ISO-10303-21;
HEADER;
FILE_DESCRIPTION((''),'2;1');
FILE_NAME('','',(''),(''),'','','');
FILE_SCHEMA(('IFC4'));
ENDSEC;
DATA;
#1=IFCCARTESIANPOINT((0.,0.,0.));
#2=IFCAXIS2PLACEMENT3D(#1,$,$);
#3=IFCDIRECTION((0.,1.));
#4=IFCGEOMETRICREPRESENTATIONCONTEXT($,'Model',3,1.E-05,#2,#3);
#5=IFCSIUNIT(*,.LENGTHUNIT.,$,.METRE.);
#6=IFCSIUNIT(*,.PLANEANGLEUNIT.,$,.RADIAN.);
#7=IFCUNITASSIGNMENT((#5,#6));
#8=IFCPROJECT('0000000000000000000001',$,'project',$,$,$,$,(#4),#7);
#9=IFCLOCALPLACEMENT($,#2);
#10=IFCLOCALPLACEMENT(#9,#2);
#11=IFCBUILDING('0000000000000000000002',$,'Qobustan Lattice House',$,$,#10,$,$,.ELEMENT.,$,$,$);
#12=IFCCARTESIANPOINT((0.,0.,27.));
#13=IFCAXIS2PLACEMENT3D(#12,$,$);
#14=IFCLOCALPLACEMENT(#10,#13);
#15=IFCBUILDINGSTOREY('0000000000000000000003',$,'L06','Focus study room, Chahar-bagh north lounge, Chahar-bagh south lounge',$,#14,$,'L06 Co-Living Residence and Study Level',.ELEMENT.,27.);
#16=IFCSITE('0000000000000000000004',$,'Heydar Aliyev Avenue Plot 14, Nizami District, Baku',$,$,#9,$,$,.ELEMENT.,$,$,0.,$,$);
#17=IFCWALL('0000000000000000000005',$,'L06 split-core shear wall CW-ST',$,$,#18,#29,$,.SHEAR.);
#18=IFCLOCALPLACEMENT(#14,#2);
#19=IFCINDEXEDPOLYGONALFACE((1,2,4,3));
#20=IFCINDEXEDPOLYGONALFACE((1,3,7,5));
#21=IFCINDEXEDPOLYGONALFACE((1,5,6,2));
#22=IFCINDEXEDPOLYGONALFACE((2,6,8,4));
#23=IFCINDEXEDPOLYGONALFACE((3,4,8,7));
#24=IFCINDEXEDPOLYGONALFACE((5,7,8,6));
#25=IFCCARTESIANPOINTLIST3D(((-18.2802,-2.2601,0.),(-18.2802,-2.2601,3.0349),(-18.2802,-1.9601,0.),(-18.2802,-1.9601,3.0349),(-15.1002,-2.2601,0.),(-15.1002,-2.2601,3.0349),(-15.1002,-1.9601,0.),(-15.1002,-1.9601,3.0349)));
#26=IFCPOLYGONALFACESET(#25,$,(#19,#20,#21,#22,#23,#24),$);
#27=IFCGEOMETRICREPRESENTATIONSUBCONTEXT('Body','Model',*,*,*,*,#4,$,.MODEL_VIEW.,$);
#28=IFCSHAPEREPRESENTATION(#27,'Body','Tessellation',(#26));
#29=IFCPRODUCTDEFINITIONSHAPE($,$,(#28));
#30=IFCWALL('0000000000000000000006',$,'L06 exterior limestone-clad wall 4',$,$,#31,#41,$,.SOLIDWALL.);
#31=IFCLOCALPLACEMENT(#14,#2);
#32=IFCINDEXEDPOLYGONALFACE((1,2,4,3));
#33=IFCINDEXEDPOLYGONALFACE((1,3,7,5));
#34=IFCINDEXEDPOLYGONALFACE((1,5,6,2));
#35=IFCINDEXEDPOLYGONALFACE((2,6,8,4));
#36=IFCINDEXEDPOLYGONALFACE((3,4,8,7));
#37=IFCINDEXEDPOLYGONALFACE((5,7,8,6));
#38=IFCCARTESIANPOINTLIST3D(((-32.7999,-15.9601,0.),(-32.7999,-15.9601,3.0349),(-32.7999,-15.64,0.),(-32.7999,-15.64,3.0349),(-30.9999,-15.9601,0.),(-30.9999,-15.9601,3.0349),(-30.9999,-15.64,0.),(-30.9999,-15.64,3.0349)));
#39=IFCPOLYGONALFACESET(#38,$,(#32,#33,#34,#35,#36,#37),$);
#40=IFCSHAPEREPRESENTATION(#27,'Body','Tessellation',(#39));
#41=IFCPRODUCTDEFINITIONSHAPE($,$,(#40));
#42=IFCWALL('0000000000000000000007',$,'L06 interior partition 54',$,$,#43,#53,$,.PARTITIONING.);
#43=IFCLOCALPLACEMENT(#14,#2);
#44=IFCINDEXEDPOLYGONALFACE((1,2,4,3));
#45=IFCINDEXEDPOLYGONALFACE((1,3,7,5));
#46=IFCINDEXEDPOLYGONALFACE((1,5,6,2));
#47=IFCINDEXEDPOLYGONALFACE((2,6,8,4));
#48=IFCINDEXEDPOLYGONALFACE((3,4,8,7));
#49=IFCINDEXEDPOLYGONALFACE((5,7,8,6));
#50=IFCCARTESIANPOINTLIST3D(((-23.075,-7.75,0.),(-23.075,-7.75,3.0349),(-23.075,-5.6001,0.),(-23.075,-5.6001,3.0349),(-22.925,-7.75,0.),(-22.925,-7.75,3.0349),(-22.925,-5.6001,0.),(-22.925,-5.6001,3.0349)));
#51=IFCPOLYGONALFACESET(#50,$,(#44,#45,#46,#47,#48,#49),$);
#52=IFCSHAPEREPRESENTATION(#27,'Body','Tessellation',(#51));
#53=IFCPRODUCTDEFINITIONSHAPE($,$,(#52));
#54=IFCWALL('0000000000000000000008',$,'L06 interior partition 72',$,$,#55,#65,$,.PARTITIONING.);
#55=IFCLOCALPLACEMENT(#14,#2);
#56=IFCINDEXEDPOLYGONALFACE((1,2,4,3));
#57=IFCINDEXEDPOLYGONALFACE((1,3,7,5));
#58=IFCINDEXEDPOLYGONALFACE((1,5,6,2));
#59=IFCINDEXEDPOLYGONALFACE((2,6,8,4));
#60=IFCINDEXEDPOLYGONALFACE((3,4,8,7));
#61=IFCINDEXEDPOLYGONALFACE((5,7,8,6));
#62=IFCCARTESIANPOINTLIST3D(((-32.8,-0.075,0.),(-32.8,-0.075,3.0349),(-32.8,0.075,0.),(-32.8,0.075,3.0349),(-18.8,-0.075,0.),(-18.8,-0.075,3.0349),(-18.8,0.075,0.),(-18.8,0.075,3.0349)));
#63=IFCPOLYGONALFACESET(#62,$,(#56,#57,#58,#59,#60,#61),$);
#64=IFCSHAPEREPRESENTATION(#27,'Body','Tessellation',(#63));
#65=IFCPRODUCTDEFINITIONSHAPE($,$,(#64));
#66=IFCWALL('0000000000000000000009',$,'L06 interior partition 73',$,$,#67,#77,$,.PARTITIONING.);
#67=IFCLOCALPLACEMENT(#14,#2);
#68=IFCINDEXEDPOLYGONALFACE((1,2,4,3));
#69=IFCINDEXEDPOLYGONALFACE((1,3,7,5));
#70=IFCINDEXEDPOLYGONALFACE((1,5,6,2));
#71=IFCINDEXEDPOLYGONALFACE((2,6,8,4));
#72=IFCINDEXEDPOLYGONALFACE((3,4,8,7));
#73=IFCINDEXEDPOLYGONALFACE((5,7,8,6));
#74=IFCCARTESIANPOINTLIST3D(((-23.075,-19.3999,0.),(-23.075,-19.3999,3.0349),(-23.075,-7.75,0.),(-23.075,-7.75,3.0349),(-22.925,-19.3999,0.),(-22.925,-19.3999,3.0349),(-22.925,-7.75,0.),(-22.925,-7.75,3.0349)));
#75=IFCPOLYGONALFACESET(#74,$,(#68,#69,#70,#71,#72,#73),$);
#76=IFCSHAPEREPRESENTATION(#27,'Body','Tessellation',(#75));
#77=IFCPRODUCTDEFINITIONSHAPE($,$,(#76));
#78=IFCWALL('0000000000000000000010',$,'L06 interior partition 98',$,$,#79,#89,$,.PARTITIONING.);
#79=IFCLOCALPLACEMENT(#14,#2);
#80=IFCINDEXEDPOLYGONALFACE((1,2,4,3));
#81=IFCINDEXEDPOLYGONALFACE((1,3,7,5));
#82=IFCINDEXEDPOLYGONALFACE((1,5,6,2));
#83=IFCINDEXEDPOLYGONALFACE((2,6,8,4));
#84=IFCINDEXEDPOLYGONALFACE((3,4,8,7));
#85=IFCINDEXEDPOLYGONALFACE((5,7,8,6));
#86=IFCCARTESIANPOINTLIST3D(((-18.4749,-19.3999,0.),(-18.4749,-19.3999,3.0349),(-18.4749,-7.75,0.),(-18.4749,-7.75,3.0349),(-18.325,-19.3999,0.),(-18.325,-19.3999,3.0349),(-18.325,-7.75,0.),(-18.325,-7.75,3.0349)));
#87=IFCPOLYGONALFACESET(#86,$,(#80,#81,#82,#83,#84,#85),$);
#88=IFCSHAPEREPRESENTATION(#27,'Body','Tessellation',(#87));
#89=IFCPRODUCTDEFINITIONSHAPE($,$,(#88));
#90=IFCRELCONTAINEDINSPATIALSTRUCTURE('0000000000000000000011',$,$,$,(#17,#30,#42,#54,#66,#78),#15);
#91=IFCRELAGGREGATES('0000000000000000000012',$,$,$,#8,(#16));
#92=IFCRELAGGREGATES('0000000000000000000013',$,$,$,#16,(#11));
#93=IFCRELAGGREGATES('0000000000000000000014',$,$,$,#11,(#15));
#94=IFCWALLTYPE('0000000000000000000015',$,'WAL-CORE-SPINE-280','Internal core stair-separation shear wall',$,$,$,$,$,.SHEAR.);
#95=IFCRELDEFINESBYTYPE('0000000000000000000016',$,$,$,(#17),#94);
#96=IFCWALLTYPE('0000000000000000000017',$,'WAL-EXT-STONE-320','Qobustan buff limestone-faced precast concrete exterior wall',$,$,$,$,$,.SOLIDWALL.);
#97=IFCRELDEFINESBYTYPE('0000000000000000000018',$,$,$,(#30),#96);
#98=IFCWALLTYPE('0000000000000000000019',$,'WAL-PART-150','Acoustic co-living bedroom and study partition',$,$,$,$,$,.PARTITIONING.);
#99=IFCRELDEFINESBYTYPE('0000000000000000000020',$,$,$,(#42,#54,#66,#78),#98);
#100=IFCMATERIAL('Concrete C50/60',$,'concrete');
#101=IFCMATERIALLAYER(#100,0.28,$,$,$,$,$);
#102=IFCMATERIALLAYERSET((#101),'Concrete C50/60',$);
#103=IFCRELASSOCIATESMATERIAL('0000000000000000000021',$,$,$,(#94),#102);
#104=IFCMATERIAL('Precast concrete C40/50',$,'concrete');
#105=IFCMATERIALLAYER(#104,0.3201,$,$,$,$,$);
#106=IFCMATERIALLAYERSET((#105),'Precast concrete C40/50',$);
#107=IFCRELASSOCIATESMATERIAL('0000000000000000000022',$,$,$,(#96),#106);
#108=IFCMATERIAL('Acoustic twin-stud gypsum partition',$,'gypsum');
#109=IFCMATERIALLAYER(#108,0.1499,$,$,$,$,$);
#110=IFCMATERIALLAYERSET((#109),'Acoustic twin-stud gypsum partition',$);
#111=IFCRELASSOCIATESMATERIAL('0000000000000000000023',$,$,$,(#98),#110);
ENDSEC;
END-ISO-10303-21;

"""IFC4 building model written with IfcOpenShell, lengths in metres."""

from ifc_helpers import new_model, si_unit, direction, frame, frame_2d, origin, place, context, subcontext, project, spatial, rectangle, extrude, material, layer, layer_set, type_object, element, save


model = new_model("IFC4")

# Units and contexts
model_context = context("Model", 3, precision=1e-05, world=origin(), true_north=direction((0.0, 1.0)))
body_context = subcontext(model_context, "Body", "Model", "MODEL_VIEW")
ifc_project = project(units=[si_unit("LENGTHUNIT", "METRE"), si_unit("PLANEANGLEUNIT", "RADIAN")], contexts=[model_context])

# Site, building, storey
site_placement = place(None, origin())
site = spatial("IfcSite", under=ifc_project, at=site_placement, Name="Heydar Aliyev Avenue Plot 14, Nizami District, Baku", CompositionType="ELEMENT", RefElevation=0.0)
building_placement = place(site_placement, origin())
building = spatial("IfcBuilding", under=site, at=building_placement, Name="Qobustan Lattice House", CompositionType="ELEMENT")
storey_placement = place(building_placement, frame((0.0, 0.0, 27.0)))
storey = spatial("IfcBuildingStorey", under=building, at=storey_placement, Name="L06", Description="Focus study room, Chahar-bagh north lounge, Chahar-bagh south lounge", LongName="L06 Co-Living Residence and Study Level", CompositionType="ELEMENT", Elevation=27.0)

# Walls
ifc_material_1 = material(Name="Concrete C50/60", Category="concrete")
ifc_layer_1 = layer(ifc_material_1, 0.28)
ifc_layer_set_1 = layer_set([ifc_layer_1], Name="Concrete C50/60")
wall_type_1 = type_object("IfcWallType", Name="WAL-CORE-SPINE-280", Description="Internal core stair-separation shear wall", PredefinedType="SHEAR", material=ifc_layer_set_1)
wall_1_placement = place(storey_placement, frame((-18.28, -2.1101, 0.0), z_axis=(0.0, 0.0, 1.0), x_axis=(1.0, 0.0, 0.0)))
element("IfcWall", 1, at=wall_1_placement, inside=storey, type_object=wall_type_1, Name="L06 split-core shear wall CW-ST", PredefinedType="SHEAR", context=body_context, shape_type="SweptSolid", body=[
    extrude(rectangle(XDim=3.1799, YDim=0.3, at=frame_2d((1.5898, 0.0))), origin(), (0.0, 0.0, 1.0), 3.0349),
])
ifc_material_2 = material(Name="Precast concrete C40/50", Category="concrete")
ifc_layer_2 = layer(ifc_material_2, 0.3201)
ifc_layer_set_2 = layer_set([ifc_layer_2], Name="Precast concrete C40/50")
wall_type_2 = type_object("IfcWallType", Name="WAL-EXT-STONE-320", Description="Qobustan buff limestone-faced precast concrete exterior wall", PredefinedType="SOLIDWALL", material=ifc_layer_set_2)
wall_2_placement = place(storey_placement, frame((-31.0, -15.8, 0.0), z_axis=(0.0, 0.0, 1.0), x_axis=(-1.0, 0.0, 0.0)))
element("IfcWall", 2, at=wall_2_placement, inside=storey, type_object=wall_type_2, Name="L06 exterior limestone-clad wall 4", PredefinedType="SOLIDWALL", context=body_context, shape_type="SweptSolid", body=[
    extrude(rectangle(XDim=1.8, YDim=0.3201, at=frame_2d((0.8999, 0.0))), origin(), (0.0, 0.0, 1.0), 3.0349),
])

# Shared definitions
ifc_material_3 = material(Name="Acoustic twin-stud gypsum partition", Category="gypsum")
ifc_layer_3 = layer(ifc_material_3, 0.1499)
ifc_layer_set_3 = layer_set([ifc_layer_3], Name="Acoustic twin-stud gypsum partition")
wall_type_3 = type_object("IfcWallType", Name="WAL-PART-150", Description="Acoustic co-living bedroom and study partition", PredefinedType="PARTITIONING", material=ifc_layer_set_3)

# Wall
wall_3_placement = place(storey_placement, frame((-23.0, -7.75, 0.0), z_axis=(0.0, 0.0, 1.0), x_axis=(0.0, 1.0, 0.0)))
element("IfcWall", 3, at=wall_3_placement, inside=storey, type_object=wall_type_3, Name="L06 interior partition 54", PredefinedType="PARTITIONING", context=body_context, shape_type="SweptSolid", body=[
    extrude(rectangle(XDim=2.1499, YDim=0.1499, at=frame_2d((1.075, 0.0))), origin(), (0.0, 0.0, 1.0), 3.0349),
])

# Walls
wall_4_placement = place(storey_placement, frame((-32.8, 0.0, 0.0), z_axis=(0.0, 0.0, 1.0), x_axis=(1.0, 0.0, 0.0)))
element("IfcWall", 4, at=wall_4_placement, inside=storey, type_object=wall_type_3, Name="L06 interior partition 72", PredefinedType="PARTITIONING", context=body_context, shape_type="SweptSolid", body=[
    extrude(rectangle(XDim=14.0, YDim=0.1499, at=frame_2d((7.0, 0.0))), origin(), (0.0, 0.0, 1.0), 3.0349),
])
for number, where, z_axis, x_axis, name in (
    (5, (-23.0, -7.75, 0.0), (0.0, 0.0, 1.0), (0.0, -1.0, 0.0), "L06 interior partition 73"),
    (6, (-18.3999, -7.75, 0.0), (0.0, 0.0, 1.0), (0.0, -1.0, 0.0), "L06 interior partition 98"),
):
    element("IfcWall", number, at=place(storey_placement, frame(where, z_axis=z_axis, x_axis=x_axis)), inside=storey, type_object=wall_type_3, Name=name, PredefinedType="PARTITIONING", context=body_context, shape_type="SweptSolid", body=[
        extrude(rectangle(XDim=11.6499, YDim=0.1499, at=frame_2d((5.825, 0.0))), origin(), (0.0, 0.0, 1.0), 3.0349),
    ])

save(model, "model.ifc")
